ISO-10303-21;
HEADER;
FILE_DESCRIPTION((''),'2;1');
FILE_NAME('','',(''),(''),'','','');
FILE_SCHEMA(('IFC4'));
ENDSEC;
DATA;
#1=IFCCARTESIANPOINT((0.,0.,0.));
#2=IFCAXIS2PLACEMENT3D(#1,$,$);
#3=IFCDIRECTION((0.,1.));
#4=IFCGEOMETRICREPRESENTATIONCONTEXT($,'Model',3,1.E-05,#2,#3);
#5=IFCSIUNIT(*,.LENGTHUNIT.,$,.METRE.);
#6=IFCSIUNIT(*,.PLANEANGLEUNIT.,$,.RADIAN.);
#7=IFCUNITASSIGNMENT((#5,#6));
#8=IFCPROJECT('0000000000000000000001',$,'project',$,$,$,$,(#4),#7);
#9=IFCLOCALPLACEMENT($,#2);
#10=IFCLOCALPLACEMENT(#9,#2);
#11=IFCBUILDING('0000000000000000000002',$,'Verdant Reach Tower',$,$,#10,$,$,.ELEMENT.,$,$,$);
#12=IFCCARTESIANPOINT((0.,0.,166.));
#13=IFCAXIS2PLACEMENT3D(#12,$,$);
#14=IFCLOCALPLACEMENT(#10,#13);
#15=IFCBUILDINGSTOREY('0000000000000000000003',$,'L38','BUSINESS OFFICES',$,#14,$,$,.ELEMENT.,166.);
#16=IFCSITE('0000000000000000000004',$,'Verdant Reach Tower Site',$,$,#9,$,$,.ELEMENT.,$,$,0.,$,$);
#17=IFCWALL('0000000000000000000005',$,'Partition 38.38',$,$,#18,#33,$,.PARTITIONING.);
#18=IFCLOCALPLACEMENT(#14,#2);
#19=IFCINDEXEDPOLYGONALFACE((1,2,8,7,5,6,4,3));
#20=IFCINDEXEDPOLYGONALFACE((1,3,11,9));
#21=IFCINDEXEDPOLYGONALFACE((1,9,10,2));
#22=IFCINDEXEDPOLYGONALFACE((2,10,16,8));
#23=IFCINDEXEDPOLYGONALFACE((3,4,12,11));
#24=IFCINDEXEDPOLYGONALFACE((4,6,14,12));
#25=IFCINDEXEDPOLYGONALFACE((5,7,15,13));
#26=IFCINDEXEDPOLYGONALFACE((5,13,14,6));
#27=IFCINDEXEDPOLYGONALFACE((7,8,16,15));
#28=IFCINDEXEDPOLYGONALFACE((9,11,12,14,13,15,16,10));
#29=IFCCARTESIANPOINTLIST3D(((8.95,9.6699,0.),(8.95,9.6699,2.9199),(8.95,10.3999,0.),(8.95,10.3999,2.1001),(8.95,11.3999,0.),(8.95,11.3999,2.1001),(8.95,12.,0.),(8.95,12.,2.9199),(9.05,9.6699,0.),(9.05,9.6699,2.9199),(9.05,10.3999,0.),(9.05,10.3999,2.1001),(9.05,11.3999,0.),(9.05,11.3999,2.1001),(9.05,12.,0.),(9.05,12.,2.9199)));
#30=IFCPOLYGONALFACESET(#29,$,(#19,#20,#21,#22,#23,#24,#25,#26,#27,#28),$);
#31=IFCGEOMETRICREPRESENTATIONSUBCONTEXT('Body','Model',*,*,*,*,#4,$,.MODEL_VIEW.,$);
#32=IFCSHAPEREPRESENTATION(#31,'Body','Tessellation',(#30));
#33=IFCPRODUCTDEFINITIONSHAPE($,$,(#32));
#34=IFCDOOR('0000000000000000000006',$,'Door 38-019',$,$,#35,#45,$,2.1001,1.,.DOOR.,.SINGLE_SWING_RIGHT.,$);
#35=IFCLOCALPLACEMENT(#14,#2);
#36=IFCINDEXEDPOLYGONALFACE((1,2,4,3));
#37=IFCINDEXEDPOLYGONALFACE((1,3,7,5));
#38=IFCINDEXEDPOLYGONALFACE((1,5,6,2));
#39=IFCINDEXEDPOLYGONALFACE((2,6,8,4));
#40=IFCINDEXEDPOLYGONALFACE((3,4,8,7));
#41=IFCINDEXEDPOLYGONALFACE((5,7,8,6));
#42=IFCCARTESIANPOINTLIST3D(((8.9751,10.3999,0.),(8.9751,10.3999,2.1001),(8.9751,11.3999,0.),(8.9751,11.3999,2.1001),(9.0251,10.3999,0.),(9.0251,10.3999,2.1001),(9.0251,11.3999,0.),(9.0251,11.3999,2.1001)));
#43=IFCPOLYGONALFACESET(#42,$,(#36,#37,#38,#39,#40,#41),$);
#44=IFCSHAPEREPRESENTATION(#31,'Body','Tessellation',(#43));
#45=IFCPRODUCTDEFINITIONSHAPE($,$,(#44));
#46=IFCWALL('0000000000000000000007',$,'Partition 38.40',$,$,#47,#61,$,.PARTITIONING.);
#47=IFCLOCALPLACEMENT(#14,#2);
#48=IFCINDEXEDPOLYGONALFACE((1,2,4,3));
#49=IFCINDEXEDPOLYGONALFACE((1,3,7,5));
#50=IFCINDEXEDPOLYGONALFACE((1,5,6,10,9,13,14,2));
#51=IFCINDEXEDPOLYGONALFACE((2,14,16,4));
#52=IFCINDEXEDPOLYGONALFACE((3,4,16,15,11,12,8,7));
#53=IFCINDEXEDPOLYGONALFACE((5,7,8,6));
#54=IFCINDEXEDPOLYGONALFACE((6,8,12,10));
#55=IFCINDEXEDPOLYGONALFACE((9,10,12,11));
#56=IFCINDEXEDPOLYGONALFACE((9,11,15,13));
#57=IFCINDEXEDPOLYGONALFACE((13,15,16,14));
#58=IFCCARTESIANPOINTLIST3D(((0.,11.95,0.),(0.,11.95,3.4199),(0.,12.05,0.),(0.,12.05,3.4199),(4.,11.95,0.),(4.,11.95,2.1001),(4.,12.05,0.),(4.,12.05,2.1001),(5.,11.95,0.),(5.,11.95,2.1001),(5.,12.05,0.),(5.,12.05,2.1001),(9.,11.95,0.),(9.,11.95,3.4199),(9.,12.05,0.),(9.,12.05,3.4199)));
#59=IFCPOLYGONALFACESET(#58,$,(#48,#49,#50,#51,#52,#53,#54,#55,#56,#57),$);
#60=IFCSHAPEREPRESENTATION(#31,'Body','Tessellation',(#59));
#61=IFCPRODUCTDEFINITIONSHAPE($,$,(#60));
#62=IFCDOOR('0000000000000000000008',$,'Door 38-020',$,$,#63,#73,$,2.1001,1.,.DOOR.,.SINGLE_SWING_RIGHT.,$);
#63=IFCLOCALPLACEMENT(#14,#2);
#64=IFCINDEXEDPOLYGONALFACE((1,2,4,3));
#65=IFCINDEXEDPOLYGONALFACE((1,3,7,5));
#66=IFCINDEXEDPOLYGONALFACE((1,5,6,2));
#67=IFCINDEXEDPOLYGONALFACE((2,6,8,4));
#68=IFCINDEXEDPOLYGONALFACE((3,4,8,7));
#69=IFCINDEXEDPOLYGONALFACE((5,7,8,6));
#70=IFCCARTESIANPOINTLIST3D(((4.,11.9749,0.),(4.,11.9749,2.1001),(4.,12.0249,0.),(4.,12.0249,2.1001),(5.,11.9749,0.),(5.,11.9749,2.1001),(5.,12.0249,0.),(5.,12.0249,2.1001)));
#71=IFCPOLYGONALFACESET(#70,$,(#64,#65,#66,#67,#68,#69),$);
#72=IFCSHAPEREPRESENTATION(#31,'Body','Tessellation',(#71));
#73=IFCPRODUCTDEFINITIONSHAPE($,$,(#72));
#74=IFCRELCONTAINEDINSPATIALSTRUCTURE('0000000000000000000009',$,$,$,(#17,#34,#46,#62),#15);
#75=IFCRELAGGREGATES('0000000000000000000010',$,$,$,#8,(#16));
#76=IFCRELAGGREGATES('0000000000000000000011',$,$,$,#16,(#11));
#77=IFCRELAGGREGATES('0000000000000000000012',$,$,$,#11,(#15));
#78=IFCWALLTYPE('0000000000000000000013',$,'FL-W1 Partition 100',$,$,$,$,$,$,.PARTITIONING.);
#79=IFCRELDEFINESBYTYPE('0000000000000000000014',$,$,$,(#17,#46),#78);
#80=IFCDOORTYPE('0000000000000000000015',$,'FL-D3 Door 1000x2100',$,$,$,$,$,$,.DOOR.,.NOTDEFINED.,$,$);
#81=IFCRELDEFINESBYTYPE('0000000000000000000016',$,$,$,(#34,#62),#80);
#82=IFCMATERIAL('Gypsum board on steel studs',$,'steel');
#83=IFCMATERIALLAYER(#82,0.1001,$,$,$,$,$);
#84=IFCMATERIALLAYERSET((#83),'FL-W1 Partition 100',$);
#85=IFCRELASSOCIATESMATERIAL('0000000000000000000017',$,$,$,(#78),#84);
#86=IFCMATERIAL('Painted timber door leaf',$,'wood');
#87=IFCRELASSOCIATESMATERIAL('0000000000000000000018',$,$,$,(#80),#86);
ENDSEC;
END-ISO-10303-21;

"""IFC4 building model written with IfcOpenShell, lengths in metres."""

from ifc_helpers import new_model, si_unit, direction, frame, frame_2d, origin, place, context, subcontext, project, spatial, rectangle, extrude, material, layer, layer_set, type_object, element, fill, save


model = new_model("IFC4")

# Units and contexts
model_context = context("Model", 3, precision=1e-05, world=origin(), true_north=direction((0.0, 1.0)))
body_context = subcontext(model_context, "Body", "Model", "MODEL_VIEW")
ifc_project = project(units=[si_unit("LENGTHUNIT", "METRE"), si_unit("PLANEANGLEUNIT", "RADIAN")], contexts=[model_context])

# Site, building, storey
site_placement = place(None, origin())
site = spatial("IfcSite", under=ifc_project, at=site_placement, Name="Verdant Reach Tower Site", CompositionType="ELEMENT", RefElevation=0.0)
building_placement = place(site_placement, origin())
building = spatial("IfcBuilding", under=site, at=building_placement, Name="Verdant Reach Tower", CompositionType="ELEMENT")
storey_placement = place(building_placement, frame((0.0, 0.0, 166.0)))
storey = spatial("IfcBuildingStorey", under=building, at=storey_placement, Name="L38", Description="BUSINESS OFFICES", CompositionType="ELEMENT", Elevation=166.0)

# Shared definitions
ifc_material_1 = material(Name="Gypsum board on steel studs", Category="steel")
ifc_layer_1 = layer(ifc_material_1, 0.1001)
ifc_layer_set_1 = layer_set([ifc_layer_1], Name="FL-W1 Partition 100")
wall_type = type_object("IfcWallType", Name="FL-W1 Partition 100", PredefinedType="PARTITIONING", material=ifc_layer_set_1)

# Walls, openings, doors
ifc_material_2 = material(Name="Painted timber door leaf", Category="wood")
door_type = type_object("IfcDoorType", Name="FL-D3 Door 1000x2100", OperationType="NOTDEFINED", PredefinedType="DOOR", material=ifc_material_2)
wall_1_placement = place(storey_placement, frame((9.0, 9.6699, 0.0), z_axis=(0.0, 0.0, 1.0), x_axis=(0.0, 1.0, 0.0)))
wall_1 = element("IfcWall", 1, at=wall_1_placement, inside=storey, type_object=wall_type, Name="Partition 38.38", PredefinedType="PARTITIONING", context=body_context, shape_type="SweptSolid", body=[
    extrude(rectangle(XDim=2.3301, YDim=0.1001, at=frame_2d((1.165, 0.0))), origin(), (0.0, 0.0, 1.0), 2.9199),
])
opening_1_placement = place(wall_1_placement, frame((0.73, 0.0, 0.0)))
opening_1 = element("IfcOpeningElement", 2, at=opening_1_placement, cuts=wall_1, PredefinedType="OPENING", context=body_context, shape_type="SweptSolid", body=[
    extrude(rectangle(XDim=1.0, YDim=2.1001, at=frame_2d((0.5, 1.05))), frame((0.0, 0.0601, 0.0), z_axis=(0.0, -1.0, 0.0), x_axis=(1.0, 0.0, 0.0)), (0.0, 0.0, 1.0), 0.1201),
])
door_1_placement = place(opening_1_placement, origin())
door_1 = element("IfcDoor", 3, at=door_1_placement, inside=storey, type_object=door_type, Name="Door 38-019", OperationType="SINGLE_SWING_RIGHT", OverallHeight=2.1001, OverallWidth=1.0, PredefinedType="DOOR", context=body_context, shape_type="SweptSolid", body=[
    extrude(rectangle(XDim=1.0, YDim=2.1001, at=frame_2d((0.5, 1.05))), frame((0.0, 0.0249, 0.0), z_axis=(0.0, -1.0, 0.0), x_axis=(1.0, 0.0, 0.0)), (0.0, 0.0, 1.0), 0.05),
])
fill(opening_1, door_1)
wall_2_placement = place(storey_placement, frame((0.0, 12.0, 0.0), z_axis=(0.0, 0.0, 1.0), x_axis=(1.0, 0.0, 0.0)))
wall_2 = element("IfcWall", 4, at=wall_2_placement, inside=storey, type_object=wall_type, Name="Partition 38.40", PredefinedType="PARTITIONING", context=body_context, shape_type="SweptSolid", body=[
    extrude(rectangle(XDim=9.0, YDim=0.1001, at=frame_2d((4.5, 0.0))), origin(), (0.0, 0.0, 1.0), 3.4199),
])
opening_2_placement = place(wall_2_placement, frame((4.0, 0.0, 0.0)))
opening_2 = element("IfcOpeningElement", 5, at=opening_2_placement, cuts=wall_2, PredefinedType="OPENING", context=body_context, shape_type="SweptSolid", body=[
    extrude(rectangle(XDim=1.0, YDim=2.1001, at=frame_2d((0.5, 1.05))), frame((0.0, 0.0601, 0.0), z_axis=(0.0, -1.0, 0.0), x_axis=(1.0, 0.0, 0.0)), (0.0, 0.0, 1.0), 0.1201),
])
door_2_placement = place(opening_2_placement, origin())
door_2 = element("IfcDoor", 6, at=door_2_placement, inside=storey, type_object=door_type, Name="Door 38-020", OperationType="SINGLE_SWING_RIGHT", OverallHeight=2.1001, OverallWidth=1.0, PredefinedType="DOOR", context=body_context, shape_type="SweptSolid", body=[
    extrude(rectangle(XDim=1.0, YDim=2.1001, at=frame_2d((0.5, 1.05))), frame((0.0, 0.0249, 0.0), z_axis=(0.0, -1.0, 0.0), x_axis=(1.0, 0.0, 0.0)), (0.0, 0.0, 1.0), 0.05),
])
fill(opening_2, door_2)

save(model, "model.ifc")
